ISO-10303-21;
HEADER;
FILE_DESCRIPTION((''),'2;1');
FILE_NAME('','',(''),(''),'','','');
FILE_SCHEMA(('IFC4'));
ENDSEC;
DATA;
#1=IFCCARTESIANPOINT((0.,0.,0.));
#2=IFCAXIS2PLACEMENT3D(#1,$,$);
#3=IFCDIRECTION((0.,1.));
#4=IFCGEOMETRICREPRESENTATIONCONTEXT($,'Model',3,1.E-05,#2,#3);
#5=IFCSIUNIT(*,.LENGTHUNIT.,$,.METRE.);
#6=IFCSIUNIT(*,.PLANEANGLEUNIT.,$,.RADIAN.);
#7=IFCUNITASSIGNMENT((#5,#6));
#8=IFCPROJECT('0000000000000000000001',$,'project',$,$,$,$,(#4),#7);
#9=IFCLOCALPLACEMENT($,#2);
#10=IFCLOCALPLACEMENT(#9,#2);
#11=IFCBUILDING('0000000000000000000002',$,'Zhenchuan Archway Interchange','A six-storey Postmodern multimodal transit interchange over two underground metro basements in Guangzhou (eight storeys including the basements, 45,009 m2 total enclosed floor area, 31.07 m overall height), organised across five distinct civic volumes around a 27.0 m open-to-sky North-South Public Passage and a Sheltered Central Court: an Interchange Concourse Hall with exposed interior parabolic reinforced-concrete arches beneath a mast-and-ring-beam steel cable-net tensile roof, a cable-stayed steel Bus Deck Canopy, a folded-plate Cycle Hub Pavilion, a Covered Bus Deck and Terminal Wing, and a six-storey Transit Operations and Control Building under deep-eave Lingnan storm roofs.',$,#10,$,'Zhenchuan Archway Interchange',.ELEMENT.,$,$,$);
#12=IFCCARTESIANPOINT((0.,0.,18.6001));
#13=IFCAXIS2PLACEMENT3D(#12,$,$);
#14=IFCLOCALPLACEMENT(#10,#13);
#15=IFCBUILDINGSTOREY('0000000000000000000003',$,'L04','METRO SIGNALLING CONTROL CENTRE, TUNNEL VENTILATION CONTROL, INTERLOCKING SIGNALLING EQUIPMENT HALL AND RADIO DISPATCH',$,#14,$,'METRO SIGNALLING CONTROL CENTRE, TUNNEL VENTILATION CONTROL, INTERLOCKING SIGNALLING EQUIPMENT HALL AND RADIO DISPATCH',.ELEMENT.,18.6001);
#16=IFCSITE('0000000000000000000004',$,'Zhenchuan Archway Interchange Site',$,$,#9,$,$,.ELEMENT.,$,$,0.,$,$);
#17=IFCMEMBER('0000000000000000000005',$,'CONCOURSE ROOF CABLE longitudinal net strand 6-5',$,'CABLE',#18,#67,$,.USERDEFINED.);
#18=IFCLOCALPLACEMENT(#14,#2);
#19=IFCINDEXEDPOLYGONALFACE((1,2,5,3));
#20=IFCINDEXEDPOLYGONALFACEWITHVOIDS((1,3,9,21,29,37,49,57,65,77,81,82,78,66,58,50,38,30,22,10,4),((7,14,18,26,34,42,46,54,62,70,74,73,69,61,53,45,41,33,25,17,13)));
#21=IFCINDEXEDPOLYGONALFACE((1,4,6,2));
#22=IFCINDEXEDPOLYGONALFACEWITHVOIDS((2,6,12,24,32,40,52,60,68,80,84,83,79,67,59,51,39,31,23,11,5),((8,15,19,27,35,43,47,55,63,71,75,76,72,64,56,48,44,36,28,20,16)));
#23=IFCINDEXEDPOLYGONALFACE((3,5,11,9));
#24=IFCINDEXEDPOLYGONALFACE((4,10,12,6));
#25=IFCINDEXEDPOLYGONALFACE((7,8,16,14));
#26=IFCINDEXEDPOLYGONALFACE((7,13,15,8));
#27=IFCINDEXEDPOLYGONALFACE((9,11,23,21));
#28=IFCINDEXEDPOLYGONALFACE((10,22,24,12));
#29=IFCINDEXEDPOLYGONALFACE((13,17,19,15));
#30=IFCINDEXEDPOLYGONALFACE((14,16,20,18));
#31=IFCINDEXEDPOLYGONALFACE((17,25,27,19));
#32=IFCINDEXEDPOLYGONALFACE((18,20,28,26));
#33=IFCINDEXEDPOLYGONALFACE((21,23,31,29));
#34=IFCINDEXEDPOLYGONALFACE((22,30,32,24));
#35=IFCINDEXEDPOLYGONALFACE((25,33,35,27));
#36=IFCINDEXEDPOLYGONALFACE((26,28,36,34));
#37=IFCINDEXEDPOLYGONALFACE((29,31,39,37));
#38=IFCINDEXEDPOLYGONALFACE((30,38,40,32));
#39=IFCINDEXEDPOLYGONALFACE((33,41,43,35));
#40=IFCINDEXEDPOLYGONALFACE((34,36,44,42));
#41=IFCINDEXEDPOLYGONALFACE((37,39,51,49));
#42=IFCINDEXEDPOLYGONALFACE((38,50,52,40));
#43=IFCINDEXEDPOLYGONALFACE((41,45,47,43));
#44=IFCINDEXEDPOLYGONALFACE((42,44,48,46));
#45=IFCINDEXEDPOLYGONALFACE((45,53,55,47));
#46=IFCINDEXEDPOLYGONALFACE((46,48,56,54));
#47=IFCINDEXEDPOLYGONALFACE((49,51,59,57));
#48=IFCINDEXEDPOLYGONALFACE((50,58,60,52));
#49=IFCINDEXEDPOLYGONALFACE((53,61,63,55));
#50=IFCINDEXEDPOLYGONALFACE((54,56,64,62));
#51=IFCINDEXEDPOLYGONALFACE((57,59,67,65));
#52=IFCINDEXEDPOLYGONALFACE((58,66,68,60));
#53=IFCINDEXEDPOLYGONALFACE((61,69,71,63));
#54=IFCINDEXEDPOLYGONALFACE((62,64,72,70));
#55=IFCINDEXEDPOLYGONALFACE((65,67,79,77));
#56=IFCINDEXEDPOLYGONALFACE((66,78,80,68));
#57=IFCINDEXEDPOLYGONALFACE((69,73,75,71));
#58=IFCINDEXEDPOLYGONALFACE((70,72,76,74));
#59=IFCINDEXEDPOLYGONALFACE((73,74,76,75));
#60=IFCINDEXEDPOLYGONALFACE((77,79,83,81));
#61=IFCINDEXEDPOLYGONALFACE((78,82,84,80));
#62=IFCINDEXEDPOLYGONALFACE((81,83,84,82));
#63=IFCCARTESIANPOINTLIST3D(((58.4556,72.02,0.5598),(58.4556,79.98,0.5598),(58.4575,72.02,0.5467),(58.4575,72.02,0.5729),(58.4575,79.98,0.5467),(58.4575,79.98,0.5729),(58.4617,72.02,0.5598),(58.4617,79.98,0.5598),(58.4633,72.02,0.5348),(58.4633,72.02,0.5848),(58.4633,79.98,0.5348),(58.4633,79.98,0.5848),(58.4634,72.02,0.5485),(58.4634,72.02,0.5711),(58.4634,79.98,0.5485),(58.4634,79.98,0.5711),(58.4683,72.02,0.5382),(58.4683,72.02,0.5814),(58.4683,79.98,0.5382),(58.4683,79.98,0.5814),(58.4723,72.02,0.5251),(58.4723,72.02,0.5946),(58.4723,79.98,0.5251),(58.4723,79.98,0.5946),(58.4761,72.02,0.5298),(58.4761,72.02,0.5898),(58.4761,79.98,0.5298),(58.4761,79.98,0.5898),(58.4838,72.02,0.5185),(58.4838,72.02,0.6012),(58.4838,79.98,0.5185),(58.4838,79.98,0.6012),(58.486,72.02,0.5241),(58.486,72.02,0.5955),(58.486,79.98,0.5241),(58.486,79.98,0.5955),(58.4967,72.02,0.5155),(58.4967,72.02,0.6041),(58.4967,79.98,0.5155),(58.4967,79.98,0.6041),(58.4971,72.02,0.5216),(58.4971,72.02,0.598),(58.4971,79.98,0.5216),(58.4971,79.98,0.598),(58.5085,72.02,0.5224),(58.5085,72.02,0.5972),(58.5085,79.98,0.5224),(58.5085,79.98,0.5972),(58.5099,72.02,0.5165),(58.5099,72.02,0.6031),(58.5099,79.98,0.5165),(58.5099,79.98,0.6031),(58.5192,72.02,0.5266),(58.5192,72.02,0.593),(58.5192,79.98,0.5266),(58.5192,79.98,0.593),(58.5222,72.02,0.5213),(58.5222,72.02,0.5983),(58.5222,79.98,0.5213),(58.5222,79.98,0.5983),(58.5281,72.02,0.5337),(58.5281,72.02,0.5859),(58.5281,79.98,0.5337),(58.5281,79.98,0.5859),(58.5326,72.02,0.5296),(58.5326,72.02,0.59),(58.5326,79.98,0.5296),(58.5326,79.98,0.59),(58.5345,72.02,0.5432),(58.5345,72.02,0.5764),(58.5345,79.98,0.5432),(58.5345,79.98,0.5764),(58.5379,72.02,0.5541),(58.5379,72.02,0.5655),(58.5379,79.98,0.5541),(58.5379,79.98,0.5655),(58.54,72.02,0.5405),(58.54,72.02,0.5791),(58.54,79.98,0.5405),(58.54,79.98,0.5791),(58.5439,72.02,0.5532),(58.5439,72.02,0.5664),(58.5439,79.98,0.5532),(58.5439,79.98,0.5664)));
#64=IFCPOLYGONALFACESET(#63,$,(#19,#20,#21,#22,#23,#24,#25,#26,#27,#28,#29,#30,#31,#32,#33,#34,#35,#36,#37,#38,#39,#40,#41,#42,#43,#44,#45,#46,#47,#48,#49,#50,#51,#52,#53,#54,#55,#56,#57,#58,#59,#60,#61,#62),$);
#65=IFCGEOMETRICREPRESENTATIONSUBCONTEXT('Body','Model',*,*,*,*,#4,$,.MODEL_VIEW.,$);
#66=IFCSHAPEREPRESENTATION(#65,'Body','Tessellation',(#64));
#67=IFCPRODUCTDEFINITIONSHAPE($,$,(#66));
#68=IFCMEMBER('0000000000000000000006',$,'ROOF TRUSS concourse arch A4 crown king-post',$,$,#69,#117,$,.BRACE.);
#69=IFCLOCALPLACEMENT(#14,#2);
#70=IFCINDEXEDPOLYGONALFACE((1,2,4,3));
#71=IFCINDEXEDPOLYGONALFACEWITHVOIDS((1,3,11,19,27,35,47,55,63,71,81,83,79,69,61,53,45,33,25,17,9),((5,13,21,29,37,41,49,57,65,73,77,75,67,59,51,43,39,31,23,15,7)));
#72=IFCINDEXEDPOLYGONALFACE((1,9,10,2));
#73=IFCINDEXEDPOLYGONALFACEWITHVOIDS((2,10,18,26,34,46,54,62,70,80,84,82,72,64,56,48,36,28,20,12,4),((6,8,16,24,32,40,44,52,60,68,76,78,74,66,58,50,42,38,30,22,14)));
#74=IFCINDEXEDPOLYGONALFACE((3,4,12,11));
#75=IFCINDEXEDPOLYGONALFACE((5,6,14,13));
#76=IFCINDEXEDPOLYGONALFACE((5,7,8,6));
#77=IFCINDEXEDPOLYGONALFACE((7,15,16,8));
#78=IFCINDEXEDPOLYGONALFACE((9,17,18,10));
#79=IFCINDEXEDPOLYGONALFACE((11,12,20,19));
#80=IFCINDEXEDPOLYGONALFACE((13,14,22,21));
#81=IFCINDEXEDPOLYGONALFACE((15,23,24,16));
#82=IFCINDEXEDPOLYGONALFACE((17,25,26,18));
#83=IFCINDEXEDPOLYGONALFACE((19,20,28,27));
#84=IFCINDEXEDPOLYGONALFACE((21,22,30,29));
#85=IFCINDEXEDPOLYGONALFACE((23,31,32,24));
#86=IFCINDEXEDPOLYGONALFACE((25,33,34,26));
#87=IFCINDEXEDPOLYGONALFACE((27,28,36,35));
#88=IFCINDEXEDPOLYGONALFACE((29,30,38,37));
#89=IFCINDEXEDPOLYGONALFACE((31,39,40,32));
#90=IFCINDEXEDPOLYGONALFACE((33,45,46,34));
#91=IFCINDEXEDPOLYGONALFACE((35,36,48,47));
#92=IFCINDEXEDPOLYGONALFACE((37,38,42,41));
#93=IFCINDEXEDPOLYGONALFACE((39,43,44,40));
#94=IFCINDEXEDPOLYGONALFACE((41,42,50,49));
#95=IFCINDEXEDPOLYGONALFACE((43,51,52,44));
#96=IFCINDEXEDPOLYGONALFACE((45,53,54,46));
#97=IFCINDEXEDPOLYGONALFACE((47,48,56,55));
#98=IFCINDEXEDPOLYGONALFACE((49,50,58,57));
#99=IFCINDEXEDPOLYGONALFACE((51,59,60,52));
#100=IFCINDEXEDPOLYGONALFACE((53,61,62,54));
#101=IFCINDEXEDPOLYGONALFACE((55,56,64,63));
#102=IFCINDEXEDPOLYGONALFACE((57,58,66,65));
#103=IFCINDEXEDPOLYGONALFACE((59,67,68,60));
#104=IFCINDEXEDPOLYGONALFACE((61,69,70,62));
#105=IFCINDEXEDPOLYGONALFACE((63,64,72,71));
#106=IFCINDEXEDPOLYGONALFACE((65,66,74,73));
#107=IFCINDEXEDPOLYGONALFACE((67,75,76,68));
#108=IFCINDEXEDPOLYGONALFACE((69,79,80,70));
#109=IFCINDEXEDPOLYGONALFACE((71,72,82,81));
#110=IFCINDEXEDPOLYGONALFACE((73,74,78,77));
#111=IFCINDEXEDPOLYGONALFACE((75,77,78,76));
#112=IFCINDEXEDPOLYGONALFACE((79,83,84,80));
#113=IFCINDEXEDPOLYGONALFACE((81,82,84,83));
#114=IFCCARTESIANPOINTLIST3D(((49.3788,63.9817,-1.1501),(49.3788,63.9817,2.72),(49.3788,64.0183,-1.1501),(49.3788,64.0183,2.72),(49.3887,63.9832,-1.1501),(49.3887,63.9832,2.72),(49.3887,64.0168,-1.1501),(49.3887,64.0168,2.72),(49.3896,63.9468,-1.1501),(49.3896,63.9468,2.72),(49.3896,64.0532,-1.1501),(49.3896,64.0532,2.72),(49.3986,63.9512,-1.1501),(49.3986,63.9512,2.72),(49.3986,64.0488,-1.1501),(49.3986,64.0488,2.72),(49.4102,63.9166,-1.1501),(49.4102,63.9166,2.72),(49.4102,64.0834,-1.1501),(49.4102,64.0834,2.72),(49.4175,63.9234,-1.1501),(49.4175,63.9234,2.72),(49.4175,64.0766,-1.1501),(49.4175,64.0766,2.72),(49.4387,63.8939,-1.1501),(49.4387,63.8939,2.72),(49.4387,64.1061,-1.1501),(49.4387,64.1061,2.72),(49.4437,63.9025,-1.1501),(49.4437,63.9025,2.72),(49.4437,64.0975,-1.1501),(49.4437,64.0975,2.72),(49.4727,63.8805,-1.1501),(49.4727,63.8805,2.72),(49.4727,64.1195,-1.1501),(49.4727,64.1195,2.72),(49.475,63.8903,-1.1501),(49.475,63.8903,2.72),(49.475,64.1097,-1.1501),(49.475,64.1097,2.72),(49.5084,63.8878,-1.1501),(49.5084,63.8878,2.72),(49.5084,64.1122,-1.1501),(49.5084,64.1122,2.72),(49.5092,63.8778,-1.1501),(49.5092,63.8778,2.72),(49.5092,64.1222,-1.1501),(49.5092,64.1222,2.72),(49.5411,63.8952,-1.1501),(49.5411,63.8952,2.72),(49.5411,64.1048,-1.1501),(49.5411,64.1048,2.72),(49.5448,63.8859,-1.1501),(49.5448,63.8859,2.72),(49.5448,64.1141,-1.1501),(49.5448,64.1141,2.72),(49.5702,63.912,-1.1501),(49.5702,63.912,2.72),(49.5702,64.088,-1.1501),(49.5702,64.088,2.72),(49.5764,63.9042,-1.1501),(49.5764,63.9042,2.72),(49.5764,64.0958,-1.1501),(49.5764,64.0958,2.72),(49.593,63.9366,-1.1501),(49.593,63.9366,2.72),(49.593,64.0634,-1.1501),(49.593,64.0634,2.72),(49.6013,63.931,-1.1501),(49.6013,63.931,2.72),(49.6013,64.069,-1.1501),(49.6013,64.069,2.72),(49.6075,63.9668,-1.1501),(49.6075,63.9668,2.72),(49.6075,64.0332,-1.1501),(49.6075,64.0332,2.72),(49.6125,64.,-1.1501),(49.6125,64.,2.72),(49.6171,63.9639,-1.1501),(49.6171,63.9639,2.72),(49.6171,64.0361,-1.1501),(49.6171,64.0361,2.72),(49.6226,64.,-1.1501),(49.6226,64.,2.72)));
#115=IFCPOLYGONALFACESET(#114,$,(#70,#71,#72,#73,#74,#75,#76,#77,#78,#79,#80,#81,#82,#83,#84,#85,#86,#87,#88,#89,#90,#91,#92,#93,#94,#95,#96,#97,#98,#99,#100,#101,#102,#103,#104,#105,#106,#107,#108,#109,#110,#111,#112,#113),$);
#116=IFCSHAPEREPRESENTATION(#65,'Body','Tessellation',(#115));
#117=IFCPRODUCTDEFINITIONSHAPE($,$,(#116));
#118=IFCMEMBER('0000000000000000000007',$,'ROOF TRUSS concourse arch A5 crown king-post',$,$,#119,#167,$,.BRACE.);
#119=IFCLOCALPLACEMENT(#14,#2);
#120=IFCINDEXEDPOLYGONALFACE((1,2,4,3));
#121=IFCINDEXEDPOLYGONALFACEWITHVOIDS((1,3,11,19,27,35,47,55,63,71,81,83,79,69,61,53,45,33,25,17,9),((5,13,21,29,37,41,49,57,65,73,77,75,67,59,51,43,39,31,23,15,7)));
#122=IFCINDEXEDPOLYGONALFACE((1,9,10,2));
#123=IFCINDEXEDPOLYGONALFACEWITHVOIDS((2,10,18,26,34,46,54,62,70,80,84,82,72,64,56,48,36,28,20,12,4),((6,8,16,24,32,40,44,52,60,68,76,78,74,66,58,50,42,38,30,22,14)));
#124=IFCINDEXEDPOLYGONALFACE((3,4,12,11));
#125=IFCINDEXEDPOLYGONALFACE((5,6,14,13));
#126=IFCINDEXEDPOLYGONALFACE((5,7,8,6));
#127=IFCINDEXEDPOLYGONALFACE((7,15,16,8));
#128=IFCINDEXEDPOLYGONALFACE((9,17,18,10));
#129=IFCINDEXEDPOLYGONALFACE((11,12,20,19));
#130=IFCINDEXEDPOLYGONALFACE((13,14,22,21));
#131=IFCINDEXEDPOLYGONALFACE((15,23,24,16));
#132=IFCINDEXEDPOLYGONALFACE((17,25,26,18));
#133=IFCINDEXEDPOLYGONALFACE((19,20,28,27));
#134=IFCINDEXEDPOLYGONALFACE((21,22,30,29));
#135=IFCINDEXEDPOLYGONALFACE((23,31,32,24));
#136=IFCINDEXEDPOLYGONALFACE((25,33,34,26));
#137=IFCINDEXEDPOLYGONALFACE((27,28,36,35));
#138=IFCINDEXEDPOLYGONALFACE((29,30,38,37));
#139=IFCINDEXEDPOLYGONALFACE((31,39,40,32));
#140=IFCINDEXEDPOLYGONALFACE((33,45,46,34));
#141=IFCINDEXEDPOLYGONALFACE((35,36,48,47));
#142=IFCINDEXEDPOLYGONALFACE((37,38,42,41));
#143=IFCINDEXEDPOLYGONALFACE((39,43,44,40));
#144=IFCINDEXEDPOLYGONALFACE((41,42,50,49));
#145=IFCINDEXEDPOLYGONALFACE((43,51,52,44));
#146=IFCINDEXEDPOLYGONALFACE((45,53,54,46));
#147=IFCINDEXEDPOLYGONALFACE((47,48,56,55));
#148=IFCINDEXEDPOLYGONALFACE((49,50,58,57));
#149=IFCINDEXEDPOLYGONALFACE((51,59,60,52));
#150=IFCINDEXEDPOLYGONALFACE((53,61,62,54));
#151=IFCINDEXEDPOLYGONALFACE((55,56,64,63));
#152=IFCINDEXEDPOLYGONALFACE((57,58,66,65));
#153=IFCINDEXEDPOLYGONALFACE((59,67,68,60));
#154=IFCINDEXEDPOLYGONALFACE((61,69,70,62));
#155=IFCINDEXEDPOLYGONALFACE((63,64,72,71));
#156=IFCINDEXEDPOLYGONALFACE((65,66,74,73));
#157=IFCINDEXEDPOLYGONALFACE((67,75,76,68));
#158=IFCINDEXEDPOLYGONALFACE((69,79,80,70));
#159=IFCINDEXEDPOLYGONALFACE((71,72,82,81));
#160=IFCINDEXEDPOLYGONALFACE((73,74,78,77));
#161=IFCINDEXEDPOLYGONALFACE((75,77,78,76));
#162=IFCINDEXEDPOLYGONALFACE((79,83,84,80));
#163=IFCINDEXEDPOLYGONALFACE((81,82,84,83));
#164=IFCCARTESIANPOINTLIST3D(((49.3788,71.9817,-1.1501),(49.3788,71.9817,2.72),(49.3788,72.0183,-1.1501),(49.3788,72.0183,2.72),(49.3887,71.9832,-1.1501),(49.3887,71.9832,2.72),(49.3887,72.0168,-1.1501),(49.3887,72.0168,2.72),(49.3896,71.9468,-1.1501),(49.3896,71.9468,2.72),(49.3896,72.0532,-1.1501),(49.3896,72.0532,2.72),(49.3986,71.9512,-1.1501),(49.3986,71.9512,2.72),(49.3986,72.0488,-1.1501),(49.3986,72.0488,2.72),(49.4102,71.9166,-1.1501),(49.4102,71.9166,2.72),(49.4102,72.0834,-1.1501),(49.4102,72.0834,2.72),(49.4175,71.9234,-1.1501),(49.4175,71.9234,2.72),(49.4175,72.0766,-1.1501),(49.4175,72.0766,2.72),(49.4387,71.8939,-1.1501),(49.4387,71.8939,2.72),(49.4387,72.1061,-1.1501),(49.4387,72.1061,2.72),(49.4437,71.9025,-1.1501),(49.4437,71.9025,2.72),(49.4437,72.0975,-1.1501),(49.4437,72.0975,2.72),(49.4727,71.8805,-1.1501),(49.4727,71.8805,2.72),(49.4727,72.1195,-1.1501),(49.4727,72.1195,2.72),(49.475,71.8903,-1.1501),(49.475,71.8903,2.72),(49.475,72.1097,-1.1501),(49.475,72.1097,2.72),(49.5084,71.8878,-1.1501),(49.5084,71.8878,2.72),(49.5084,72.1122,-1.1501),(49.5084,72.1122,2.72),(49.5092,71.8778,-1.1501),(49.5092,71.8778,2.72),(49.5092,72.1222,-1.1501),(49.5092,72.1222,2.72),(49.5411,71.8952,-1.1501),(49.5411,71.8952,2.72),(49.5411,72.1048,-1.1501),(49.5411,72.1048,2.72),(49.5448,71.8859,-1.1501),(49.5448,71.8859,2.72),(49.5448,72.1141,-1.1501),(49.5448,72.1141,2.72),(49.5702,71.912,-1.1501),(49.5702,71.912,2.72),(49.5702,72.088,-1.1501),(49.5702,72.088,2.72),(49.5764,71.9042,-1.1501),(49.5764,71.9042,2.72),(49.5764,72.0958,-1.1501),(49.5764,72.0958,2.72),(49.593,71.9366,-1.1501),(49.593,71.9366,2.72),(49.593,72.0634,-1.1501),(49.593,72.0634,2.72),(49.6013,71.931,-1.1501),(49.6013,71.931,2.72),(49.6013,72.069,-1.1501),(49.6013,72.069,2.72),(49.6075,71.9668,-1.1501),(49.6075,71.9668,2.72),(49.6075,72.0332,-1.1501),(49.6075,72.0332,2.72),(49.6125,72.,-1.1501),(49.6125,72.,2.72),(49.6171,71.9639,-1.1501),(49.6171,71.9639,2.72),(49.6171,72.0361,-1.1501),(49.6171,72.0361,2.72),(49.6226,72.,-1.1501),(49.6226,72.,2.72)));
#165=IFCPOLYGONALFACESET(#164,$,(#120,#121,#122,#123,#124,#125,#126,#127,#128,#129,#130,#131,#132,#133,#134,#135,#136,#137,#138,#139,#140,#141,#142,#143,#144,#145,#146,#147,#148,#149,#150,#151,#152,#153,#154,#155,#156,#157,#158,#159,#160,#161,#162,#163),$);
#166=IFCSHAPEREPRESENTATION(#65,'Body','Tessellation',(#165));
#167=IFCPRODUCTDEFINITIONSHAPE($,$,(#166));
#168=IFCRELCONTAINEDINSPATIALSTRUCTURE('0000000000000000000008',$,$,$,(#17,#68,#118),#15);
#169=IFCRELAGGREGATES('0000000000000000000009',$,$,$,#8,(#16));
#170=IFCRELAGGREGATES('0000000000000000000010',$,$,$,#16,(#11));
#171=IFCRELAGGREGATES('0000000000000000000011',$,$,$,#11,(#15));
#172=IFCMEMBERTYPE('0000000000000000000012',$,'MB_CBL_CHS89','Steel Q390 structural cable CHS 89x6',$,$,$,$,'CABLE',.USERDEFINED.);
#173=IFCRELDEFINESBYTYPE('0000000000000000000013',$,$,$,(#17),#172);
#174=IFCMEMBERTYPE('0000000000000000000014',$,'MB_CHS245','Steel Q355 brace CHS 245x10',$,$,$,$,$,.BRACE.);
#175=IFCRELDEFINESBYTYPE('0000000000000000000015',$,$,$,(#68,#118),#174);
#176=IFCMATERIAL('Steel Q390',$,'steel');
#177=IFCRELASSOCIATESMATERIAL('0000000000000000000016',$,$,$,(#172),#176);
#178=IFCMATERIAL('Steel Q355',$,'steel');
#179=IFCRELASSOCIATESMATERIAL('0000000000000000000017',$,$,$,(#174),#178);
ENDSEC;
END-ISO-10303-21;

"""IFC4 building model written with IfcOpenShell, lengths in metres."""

from ifc_helpers import new_model, si_unit, direction, frame, origin, origin_2d, place, context, subcontext, project, spatial, hollow_circle, extrude, material, material_profile, profile_set, type_object, element, save


model = new_model("IFC4")

# Units and contexts
model_context = context("Model", 3, precision=1e-05, world=origin(), true_north=direction((0.0, 1.0)))
body_context = subcontext(model_context, "Body", "Model", "MODEL_VIEW")
ifc_project = project(units=[si_unit("LENGTHUNIT", "METRE"), si_unit("PLANEANGLEUNIT", "RADIAN")], contexts=[model_context])

# Site, building, storey
site_placement = place(None, origin())
site = spatial("IfcSite", under=ifc_project, at=site_placement, Name="Zhenchuan Archway Interchange Site", CompositionType="ELEMENT", RefElevation=0.0)
building_placement = place(site_placement, origin())
building = spatial("IfcBuilding", under=site, at=building_placement, Name="Zhenchuan Archway Interchange", Description="A six-storey Postmodern multimodal transit interchange over two underground metro basements in Guangzhou (eight storeys including the basements, 45,009 m2 total enclosed floor area, 31.07 m overall height), organised across five distinct civic volumes around a 27.0 m open-to-sky North-South Public Passage and a Sheltered Central Court: an Interchange Concourse Hall with exposed interior parabolic reinforced-concrete arches beneath a mast-and-ring-beam steel cable-net tensile roof, a cable-stayed steel Bus Deck Canopy, a folded-plate Cycle Hub Pavilion, a Covered Bus Deck and Terminal Wing, and a six-storey Transit Operations and Control Building under deep-eave Lingnan storm roofs.", LongName="Zhenchuan Archway Interchange", CompositionType="ELEMENT")
storey_placement = place(building_placement, frame((0.0, 0.0, 18.6001)))
storey = spatial("IfcBuildingStorey", under=building, at=storey_placement, Name="L04", Description="METRO SIGNALLING CONTROL CENTRE, TUNNEL VENTILATION CONTROL, INTERLOCKING SIGNALLING EQUIPMENT HALL AND RADIO DISPATCH", LongName="METRO SIGNALLING CONTROL CENTRE, TUNNEL VENTILATION CONTROL, INTERLOCKING SIGNALLING EQUIPMENT HALL AND RADIO DISPATCH", CompositionType="ELEMENT", Elevation=18.6001)

# Shared definitions
ifc_material_1 = material(Name="Steel Q390", Category="steel")

# Members
ifc_material_profile_1 = material_profile(ifc_material_1, hollow_circle(Radius=0.0444, WallThickness=0.0061, at=origin_2d()), Name="CHS 89x6")
ifc_profile_set_1 = profile_set([ifc_material_profile_1], Name="Steel Q390")
member_type_1 = type_object("IfcMemberType", Name="MB_CBL_CHS89", Description="Steel Q390 structural cable CHS 89x6", ElementType="CABLE", PredefinedType="USERDEFINED", material=ifc_profile_set_1)
for number, where, z_axis, x_axis, name in (
    (1, (58.5, 72.02, 0.5598), (0.0, 1.0, 0.0), (-1.0, 0.0, 0.0), "CONCOURSE ROOF CABLE longitudinal net strand 6-5"),
):
    element("IfcMember", number, at=place(storey_placement, frame(where, z_axis=z_axis, x_axis=x_axis)), inside=storey, type_object=member_type_1, Name=name, ObjectType="CABLE", PredefinedType="USERDEFINED", context=body_context, shape_type="SweptSolid", body=[
        extrude(hollow_circle(Radius=0.0444, WallThickness=0.0061, at=origin_2d()), origin(), (0.0, 0.0, 1.0), 7.96),
    ])
ifc_material_2 = material(Name="Steel Q355", Category="steel")
ifc_material_profile_2 = material_profile(ifc_material_2, hollow_circle(Radius=0.1226, WallThickness=0.01, at=origin_2d()), Name="CHS 245x10")
ifc_profile_set_2 = profile_set([ifc_material_profile_2], Name="Steel Q355")
member_type_2 = type_object("IfcMemberType", Name="MB_CHS245", Description="Steel Q355 brace CHS 245x10", PredefinedType="BRACE", material=ifc_profile_set_2)
for number, where, z_axis, x_axis, name in (
    (2, (49.5, 64.0, -1.1501), (0.0, 0.0, 1.0), (1.0, 0.0, 0.0), "ROOF TRUSS concourse arch A4 crown king-post"),
    (3, (49.5, 72.0, -1.1501), (0.0, 0.0, 1.0), (1.0, 0.0, 0.0), "ROOF TRUSS concourse arch A5 crown king-post"),
):
    element("IfcMember", number, at=place(storey_placement, frame(where, z_axis=z_axis, x_axis=x_axis)), inside=storey, type_object=member_type_2, Name=name, PredefinedType="BRACE", context=body_context, shape_type="SweptSolid", body=[
        extrude(hollow_circle(Radius=0.1226, WallThickness=0.01, at=origin_2d()), origin(), (0.0, 0.0, 1.0), 3.8701),
    ])

save(model, "model.ifc")
